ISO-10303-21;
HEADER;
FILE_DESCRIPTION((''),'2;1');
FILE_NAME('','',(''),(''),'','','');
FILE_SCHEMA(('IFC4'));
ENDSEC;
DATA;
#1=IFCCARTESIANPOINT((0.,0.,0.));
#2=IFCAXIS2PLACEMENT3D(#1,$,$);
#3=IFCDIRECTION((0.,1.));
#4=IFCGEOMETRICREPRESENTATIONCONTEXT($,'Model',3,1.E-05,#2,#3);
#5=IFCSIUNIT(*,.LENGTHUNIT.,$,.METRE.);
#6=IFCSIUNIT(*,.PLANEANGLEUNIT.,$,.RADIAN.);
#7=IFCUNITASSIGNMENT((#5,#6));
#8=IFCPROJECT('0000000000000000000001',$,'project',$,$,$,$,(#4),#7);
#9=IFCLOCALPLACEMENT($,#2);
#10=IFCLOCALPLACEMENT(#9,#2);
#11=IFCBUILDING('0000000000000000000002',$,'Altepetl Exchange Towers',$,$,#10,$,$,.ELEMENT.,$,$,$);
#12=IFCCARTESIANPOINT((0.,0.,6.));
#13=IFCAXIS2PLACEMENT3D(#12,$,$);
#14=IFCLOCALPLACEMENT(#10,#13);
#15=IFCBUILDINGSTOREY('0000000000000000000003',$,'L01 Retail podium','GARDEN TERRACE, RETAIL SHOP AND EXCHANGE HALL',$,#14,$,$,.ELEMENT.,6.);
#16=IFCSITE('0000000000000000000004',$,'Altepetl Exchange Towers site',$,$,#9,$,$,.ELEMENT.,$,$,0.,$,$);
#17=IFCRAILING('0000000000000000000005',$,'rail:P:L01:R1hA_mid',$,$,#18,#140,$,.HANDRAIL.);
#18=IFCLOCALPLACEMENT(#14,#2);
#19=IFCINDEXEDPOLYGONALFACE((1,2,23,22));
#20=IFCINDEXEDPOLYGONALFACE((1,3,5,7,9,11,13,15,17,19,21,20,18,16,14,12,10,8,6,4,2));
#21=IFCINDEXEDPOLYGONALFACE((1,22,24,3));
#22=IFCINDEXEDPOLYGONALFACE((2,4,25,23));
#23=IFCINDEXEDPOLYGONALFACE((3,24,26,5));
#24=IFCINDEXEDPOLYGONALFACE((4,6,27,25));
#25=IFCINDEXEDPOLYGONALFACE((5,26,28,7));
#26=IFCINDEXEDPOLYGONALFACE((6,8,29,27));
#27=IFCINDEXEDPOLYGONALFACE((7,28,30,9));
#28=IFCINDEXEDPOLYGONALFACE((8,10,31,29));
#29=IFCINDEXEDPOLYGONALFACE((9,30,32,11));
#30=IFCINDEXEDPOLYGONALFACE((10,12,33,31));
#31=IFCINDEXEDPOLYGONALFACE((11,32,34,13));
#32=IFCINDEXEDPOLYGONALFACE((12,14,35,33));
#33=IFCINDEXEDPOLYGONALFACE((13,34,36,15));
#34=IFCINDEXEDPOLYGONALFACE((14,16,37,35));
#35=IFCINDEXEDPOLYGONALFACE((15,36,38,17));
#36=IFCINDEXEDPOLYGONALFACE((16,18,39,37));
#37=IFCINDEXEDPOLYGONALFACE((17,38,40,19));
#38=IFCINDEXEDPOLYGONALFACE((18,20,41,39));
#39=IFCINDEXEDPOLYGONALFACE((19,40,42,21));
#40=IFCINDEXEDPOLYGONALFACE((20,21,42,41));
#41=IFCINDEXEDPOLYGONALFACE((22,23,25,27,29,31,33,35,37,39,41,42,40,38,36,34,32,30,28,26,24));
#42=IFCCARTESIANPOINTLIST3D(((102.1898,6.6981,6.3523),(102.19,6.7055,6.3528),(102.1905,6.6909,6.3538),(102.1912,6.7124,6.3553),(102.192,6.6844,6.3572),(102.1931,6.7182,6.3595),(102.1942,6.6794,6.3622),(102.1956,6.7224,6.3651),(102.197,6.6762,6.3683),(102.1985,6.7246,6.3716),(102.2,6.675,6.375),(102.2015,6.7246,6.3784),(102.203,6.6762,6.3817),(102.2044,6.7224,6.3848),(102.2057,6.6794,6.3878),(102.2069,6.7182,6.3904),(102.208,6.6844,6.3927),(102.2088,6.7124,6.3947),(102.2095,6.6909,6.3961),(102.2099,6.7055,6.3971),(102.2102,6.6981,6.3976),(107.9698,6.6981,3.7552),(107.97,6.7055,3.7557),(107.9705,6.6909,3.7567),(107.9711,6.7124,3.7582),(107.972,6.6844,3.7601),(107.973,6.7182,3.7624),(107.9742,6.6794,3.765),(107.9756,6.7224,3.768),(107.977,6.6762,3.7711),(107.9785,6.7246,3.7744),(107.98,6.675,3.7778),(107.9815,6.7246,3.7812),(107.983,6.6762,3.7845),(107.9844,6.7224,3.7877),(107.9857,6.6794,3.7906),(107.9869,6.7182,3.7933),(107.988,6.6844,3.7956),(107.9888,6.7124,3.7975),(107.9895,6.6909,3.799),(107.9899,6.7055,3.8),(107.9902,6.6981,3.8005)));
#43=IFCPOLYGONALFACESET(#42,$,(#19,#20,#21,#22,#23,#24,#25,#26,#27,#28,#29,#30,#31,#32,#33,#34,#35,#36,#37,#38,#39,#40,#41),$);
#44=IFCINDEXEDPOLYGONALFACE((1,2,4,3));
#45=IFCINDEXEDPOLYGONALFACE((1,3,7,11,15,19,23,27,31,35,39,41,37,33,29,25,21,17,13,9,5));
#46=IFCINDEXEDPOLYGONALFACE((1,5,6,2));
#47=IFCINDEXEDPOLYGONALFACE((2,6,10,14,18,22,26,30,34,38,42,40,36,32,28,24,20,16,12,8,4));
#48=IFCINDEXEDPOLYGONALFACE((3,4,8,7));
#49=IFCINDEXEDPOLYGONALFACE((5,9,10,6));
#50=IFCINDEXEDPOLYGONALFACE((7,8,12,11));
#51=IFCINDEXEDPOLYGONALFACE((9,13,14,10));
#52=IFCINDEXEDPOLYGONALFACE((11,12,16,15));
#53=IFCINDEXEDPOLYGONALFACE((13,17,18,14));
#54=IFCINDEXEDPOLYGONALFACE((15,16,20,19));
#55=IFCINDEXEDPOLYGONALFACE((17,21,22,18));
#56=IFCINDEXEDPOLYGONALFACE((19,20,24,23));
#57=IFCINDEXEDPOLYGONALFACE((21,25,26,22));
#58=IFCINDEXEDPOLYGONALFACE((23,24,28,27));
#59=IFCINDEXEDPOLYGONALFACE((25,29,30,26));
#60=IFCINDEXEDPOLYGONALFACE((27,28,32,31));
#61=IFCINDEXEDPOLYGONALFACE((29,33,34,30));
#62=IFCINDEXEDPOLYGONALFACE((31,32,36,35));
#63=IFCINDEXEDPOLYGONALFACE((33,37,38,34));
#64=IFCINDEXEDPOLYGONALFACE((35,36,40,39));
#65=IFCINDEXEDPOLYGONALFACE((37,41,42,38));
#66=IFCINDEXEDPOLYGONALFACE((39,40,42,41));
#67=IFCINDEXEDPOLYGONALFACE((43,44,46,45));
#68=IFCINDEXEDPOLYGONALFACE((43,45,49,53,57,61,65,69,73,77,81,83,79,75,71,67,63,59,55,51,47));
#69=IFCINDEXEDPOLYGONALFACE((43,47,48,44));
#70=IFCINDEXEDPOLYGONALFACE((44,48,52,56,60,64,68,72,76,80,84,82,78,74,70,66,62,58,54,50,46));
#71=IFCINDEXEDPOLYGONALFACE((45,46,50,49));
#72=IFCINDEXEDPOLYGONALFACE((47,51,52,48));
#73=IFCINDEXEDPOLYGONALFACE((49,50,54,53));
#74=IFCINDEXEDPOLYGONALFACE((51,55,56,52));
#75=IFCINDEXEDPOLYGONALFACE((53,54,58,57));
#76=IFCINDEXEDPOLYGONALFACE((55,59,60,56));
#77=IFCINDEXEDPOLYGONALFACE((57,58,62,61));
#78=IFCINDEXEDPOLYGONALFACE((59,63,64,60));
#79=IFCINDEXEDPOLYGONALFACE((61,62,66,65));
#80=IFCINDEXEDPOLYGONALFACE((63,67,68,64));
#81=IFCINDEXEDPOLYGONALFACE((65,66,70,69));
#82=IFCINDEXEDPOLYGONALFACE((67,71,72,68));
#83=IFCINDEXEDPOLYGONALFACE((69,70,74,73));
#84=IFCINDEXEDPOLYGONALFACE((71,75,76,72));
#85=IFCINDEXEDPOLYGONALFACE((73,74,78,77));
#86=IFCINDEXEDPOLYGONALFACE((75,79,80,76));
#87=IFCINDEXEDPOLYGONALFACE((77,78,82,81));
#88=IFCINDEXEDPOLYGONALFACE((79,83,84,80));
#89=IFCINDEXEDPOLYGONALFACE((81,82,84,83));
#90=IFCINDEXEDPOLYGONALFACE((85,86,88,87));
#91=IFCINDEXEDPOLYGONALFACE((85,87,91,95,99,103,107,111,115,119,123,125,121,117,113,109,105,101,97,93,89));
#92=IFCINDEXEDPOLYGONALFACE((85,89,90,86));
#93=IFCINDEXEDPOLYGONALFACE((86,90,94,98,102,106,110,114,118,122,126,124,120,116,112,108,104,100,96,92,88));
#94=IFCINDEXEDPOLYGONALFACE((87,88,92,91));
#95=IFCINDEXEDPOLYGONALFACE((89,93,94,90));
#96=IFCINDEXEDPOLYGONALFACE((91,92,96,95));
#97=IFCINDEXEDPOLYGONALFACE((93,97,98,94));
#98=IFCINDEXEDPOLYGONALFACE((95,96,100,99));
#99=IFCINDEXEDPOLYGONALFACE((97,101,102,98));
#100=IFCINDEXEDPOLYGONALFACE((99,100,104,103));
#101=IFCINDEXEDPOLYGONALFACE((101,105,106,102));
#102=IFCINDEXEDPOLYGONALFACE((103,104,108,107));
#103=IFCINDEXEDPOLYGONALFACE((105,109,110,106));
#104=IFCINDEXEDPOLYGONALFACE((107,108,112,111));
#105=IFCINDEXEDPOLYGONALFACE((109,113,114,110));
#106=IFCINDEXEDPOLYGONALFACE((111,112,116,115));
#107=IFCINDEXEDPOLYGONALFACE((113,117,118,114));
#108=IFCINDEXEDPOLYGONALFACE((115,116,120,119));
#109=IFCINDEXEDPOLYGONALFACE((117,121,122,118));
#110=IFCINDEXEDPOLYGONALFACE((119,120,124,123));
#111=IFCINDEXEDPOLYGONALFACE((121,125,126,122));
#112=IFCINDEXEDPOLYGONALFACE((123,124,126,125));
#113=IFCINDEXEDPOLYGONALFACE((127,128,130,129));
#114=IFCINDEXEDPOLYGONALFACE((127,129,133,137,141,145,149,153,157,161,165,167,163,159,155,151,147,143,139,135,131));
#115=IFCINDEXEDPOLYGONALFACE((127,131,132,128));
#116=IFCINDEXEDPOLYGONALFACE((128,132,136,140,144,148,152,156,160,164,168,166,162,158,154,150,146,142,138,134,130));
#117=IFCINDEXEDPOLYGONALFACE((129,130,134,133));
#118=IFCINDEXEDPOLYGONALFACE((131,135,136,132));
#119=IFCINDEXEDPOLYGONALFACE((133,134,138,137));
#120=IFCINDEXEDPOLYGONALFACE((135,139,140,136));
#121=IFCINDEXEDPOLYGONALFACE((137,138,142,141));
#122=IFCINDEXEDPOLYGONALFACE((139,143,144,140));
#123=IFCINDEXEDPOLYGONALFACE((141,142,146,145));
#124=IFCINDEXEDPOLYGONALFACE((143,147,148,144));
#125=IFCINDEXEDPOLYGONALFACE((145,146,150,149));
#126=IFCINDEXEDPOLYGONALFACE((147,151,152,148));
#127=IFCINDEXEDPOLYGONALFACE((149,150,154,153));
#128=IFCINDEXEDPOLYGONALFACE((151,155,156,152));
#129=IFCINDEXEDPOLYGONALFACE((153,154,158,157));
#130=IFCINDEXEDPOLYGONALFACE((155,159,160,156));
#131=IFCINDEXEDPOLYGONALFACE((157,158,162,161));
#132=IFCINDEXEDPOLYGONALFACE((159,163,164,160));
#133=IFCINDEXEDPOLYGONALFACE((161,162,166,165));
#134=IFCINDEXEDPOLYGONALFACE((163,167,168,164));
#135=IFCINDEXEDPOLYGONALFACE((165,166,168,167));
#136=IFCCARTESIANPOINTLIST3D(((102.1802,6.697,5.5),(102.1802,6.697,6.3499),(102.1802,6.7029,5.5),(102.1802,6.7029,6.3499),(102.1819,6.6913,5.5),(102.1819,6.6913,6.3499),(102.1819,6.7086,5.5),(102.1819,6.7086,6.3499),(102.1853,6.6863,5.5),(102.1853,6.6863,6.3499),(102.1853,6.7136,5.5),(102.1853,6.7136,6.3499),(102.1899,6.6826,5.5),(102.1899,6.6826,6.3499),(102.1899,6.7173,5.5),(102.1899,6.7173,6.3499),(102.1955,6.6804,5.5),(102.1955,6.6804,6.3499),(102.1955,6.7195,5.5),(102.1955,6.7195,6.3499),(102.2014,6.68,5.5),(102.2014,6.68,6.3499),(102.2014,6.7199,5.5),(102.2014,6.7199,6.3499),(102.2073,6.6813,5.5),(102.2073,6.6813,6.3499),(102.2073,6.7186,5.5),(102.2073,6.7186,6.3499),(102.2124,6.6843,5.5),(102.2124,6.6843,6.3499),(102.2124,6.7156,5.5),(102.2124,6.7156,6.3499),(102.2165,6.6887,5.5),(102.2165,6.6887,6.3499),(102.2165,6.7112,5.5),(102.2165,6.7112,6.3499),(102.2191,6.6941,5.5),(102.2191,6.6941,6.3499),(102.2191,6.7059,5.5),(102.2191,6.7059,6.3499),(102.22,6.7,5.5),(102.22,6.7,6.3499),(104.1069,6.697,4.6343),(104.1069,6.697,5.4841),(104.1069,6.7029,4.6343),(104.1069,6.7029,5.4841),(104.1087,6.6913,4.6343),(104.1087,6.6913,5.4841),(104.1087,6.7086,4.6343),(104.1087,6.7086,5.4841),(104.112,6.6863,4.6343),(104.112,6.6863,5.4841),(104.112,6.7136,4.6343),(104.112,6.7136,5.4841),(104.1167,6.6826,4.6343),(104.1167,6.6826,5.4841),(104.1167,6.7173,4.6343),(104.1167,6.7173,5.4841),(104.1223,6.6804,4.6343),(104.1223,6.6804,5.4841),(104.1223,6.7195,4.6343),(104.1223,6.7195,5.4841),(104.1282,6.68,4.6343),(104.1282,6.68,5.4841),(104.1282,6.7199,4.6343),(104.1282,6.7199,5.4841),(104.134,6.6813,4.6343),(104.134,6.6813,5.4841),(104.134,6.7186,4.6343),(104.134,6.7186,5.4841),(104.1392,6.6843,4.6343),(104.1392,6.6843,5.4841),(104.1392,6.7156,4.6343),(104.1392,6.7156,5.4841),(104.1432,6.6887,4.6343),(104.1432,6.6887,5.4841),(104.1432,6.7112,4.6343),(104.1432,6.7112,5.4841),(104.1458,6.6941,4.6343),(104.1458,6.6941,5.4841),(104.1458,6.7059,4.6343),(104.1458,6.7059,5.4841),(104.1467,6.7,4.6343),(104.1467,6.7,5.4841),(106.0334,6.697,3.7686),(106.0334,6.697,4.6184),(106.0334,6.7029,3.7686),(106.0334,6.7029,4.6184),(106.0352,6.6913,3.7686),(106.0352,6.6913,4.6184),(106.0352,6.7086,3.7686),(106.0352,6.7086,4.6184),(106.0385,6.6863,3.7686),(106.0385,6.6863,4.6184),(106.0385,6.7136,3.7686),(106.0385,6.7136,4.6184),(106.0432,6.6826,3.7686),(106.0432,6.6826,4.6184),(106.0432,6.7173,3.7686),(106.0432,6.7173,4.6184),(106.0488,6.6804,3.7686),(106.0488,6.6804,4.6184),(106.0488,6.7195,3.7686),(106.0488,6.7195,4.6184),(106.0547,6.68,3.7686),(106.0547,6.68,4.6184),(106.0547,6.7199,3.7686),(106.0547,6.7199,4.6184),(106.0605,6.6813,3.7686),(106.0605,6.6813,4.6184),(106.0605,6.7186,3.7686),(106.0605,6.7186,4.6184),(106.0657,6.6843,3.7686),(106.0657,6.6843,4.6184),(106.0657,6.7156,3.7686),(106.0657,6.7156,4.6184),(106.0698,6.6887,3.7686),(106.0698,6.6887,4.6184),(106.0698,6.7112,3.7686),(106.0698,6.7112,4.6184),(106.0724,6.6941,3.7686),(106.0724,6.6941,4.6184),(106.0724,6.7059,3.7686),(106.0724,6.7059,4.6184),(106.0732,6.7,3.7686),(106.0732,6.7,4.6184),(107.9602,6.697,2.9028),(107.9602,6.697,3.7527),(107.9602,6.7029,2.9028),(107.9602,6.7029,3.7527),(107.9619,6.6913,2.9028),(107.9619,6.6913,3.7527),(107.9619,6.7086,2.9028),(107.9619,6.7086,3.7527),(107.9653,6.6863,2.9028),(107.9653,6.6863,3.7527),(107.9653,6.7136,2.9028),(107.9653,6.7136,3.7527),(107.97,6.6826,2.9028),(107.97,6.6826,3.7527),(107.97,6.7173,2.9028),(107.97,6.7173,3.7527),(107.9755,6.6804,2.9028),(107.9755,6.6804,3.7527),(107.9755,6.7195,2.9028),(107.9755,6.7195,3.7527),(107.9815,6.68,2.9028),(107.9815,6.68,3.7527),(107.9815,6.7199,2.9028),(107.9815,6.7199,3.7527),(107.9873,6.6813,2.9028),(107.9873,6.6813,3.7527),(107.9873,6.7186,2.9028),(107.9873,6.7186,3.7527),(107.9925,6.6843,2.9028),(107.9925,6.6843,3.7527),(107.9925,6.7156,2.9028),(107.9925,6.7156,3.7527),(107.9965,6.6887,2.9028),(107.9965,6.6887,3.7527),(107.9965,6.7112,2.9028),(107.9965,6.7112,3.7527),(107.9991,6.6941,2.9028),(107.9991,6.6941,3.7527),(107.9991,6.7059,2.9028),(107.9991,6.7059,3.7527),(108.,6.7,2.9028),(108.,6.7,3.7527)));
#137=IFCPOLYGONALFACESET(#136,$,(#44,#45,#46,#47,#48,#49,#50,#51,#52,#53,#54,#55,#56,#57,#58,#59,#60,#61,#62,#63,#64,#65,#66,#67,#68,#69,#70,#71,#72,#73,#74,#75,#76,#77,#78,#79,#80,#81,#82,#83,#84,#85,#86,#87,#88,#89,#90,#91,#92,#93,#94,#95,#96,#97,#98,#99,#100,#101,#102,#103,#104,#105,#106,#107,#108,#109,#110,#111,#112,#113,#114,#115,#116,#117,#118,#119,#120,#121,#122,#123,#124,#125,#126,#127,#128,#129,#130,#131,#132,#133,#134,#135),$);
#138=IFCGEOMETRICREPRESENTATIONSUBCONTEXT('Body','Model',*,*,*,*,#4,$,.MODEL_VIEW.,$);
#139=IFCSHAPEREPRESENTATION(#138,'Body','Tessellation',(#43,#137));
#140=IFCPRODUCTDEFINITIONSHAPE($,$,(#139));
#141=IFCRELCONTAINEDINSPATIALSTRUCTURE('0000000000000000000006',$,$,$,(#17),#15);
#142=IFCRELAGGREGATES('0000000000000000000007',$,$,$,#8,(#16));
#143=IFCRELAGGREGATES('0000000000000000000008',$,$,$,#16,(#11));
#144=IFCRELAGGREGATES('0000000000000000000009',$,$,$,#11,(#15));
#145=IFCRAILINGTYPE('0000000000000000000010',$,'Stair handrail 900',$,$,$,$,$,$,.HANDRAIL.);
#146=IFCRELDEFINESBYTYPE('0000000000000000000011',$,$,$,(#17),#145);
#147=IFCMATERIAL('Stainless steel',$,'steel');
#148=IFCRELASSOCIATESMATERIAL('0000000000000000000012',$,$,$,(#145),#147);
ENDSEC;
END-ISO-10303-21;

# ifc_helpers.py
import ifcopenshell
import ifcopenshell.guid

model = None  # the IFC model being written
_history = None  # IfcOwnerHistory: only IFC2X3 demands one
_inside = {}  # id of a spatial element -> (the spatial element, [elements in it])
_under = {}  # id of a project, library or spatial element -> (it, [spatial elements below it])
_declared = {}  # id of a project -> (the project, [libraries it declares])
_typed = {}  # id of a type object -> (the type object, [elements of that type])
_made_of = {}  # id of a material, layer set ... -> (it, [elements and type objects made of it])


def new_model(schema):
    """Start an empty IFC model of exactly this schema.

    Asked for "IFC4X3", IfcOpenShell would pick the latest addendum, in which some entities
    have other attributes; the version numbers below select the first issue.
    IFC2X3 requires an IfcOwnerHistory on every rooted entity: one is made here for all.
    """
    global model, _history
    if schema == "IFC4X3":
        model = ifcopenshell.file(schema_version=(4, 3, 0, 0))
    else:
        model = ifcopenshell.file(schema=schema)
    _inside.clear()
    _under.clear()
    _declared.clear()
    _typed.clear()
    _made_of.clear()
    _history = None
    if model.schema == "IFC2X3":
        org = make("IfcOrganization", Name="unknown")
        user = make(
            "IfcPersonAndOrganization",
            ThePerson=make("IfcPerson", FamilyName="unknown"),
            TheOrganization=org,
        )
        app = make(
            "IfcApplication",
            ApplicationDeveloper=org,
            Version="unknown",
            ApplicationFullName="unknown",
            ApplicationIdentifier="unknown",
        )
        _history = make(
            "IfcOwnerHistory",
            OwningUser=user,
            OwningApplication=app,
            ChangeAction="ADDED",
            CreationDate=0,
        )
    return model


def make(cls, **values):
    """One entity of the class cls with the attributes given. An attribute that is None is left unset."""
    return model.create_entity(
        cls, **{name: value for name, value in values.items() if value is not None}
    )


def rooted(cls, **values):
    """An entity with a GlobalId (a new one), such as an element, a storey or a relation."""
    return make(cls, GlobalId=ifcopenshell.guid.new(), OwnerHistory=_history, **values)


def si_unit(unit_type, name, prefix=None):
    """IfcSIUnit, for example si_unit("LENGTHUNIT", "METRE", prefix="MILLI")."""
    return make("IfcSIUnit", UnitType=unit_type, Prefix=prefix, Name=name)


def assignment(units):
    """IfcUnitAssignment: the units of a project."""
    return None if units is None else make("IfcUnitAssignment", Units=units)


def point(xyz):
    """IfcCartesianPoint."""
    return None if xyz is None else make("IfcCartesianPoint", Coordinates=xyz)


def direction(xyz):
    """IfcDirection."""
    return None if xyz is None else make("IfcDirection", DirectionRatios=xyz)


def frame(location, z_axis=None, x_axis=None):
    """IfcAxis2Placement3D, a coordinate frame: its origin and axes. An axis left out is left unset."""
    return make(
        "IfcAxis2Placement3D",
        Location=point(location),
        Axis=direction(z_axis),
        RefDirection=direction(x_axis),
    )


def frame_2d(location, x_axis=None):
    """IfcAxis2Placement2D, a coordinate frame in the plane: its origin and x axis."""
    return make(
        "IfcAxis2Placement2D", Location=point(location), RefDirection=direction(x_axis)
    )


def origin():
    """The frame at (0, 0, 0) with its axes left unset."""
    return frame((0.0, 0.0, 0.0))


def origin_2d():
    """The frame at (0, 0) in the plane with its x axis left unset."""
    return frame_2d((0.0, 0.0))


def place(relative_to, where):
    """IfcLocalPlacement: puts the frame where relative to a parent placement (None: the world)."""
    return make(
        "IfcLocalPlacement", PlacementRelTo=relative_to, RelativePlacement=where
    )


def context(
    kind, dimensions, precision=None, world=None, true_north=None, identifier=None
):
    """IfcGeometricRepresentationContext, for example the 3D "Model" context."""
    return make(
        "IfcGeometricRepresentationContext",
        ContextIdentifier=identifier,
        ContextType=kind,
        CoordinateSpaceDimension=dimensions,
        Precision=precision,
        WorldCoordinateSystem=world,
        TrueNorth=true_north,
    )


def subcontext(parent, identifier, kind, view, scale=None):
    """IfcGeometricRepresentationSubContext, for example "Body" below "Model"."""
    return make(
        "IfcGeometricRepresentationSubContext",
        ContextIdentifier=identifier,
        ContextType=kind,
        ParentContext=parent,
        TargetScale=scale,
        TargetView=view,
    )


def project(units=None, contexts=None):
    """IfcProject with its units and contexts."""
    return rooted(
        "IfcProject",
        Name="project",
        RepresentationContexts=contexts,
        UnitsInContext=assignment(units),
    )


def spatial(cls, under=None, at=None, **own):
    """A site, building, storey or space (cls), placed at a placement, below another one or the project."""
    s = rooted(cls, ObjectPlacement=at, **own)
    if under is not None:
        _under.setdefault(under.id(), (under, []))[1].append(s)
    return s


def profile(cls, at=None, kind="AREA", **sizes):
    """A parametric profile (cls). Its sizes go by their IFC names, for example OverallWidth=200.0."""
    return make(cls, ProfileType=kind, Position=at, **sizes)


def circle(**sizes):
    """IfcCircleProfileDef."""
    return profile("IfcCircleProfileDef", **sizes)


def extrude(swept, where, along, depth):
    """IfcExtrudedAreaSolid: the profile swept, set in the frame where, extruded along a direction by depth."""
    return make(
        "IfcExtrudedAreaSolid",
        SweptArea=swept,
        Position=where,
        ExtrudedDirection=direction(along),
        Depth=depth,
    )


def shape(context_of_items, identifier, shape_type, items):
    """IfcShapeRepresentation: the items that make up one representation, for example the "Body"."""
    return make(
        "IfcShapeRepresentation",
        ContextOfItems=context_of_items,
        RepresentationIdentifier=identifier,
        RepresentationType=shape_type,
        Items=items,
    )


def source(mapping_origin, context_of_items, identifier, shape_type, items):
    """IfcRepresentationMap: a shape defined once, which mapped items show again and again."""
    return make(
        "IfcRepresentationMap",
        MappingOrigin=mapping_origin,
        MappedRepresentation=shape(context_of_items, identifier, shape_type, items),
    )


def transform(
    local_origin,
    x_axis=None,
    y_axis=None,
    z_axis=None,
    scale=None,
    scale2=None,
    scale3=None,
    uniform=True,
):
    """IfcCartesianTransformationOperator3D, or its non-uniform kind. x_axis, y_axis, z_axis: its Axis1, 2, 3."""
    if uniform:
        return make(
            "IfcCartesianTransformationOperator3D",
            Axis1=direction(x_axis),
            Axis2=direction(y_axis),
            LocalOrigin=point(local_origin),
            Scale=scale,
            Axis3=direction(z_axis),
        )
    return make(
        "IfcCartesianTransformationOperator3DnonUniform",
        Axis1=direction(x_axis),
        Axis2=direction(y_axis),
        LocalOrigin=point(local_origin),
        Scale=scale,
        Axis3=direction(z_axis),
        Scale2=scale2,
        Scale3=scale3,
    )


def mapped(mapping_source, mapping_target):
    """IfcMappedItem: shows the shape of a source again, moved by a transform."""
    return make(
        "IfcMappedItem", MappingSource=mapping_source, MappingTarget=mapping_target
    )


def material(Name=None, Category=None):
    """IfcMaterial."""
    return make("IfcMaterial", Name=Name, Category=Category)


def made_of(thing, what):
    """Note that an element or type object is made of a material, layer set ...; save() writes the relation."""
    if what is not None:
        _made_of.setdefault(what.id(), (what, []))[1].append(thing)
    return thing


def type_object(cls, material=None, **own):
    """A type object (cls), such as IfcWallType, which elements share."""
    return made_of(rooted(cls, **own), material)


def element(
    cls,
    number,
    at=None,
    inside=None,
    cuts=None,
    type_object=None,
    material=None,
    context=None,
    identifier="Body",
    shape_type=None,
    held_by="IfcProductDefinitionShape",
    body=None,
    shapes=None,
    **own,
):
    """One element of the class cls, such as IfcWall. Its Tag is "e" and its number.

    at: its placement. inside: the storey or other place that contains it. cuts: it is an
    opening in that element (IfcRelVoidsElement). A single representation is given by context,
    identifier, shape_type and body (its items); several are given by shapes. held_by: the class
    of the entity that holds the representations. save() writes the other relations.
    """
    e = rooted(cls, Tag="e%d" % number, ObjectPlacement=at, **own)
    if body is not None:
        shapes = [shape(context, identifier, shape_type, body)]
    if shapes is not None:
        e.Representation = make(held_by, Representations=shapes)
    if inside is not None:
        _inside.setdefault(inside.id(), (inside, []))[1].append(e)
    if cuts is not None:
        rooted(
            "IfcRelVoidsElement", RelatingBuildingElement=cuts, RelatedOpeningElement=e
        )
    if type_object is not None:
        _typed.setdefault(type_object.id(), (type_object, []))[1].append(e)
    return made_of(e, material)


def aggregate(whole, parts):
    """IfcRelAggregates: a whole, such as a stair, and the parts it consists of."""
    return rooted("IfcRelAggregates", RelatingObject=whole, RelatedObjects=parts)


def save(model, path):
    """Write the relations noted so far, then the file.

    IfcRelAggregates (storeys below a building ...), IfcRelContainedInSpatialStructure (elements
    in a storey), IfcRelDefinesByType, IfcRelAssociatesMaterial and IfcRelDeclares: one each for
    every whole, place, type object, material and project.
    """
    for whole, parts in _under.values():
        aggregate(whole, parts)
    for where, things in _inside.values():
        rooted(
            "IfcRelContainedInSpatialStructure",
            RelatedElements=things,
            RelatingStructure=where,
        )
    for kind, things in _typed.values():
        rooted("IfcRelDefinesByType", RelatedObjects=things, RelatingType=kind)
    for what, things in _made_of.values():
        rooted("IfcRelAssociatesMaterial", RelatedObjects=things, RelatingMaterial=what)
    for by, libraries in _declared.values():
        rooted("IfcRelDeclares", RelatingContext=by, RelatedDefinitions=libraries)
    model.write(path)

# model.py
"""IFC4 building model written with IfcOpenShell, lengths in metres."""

from ifc_helpers import new_model, si_unit, direction, frame, origin, origin_2d, place, context, subcontext, project, spatial, circle, extrude, source, transform, mapped, material, type_object, element, save


model = new_model("IFC4")

# Units and contexts
model_context = context("Model", 3, precision=1e-05, world=origin(), true_north=direction((0.0, 1.0)))
body_context = subcontext(model_context, "Body", "Model", "MODEL_VIEW")
ifc_project = project(units=[si_unit("LENGTHUNIT", "METRE"), si_unit("PLANEANGLEUNIT", "RADIAN")], contexts=[model_context])

# Site, building, storey
site_placement = place(None, origin())
site = spatial("IfcSite", under=ifc_project, at=site_placement, Name="Altepetl Exchange Towers site", CompositionType="ELEMENT", RefElevation=0.0)
building_placement = place(site_placement, origin())
building = spatial("IfcBuilding", under=site, at=building_placement, Name="Altepetl Exchange Towers", CompositionType="ELEMENT")
storey_placement = place(building_placement, frame((0.0, 0.0, 6.0)))
storey = spatial("IfcBuildingStorey", under=building, at=storey_placement, Name="L01 Retail podium", Description="GARDEN TERRACE, RETAIL SHOP AND EXCHANGE HALL", CompositionType="ELEMENT", Elevation=6.0)

# Railing
ifc_material_1 = material(Name="Stainless steel", Category="steel")
railing_type_1 = type_object("IfcRailingType", Name="Stair handrail 900", PredefinedType="HANDRAIL", material=ifc_material_1)
shared_shape_1 = source(origin(), body_context, "Body", "SweptSolid", [
    extrude(circle(Radius=0.02, at=origin_2d()), origin(), (0.0, 0.0, 1.0), 0.8499),
])
for number, where, name in (
    (1, (107.98, 6.7, 2.9028), "rail:P:L01:R1hA_mid"),
):
    element("IfcRailing", number, at=place(storey_placement, frame(where)), inside=storey, type_object=railing_type_1, Name=name, PredefinedType="HANDRAIL", context=body_context, shape_type="SweptSolid", body=[
        extrude(circle(Radius=0.0249, at=origin_2d()), frame((0.0, 0.0, 0.875), z_axis=(-0.912148, 0.0, 0.40986), x_axis=(0.0, -1.0, 0.0)), (0.0, 0.0, 1.0), 6.3367),
        mapped(shared_shape_1, transform((0.0, 0.0, 0.0))),
        mapped(shared_shape_1, transform((-1.9268, 0.0, 0.8657))),
        mapped(shared_shape_1, transform((-3.8533, 0.0, 1.7314))),
        mapped(shared_shape_1, transform((-5.78, 0.0, 2.5972))),
    ])

save(model, "model.ifc")
